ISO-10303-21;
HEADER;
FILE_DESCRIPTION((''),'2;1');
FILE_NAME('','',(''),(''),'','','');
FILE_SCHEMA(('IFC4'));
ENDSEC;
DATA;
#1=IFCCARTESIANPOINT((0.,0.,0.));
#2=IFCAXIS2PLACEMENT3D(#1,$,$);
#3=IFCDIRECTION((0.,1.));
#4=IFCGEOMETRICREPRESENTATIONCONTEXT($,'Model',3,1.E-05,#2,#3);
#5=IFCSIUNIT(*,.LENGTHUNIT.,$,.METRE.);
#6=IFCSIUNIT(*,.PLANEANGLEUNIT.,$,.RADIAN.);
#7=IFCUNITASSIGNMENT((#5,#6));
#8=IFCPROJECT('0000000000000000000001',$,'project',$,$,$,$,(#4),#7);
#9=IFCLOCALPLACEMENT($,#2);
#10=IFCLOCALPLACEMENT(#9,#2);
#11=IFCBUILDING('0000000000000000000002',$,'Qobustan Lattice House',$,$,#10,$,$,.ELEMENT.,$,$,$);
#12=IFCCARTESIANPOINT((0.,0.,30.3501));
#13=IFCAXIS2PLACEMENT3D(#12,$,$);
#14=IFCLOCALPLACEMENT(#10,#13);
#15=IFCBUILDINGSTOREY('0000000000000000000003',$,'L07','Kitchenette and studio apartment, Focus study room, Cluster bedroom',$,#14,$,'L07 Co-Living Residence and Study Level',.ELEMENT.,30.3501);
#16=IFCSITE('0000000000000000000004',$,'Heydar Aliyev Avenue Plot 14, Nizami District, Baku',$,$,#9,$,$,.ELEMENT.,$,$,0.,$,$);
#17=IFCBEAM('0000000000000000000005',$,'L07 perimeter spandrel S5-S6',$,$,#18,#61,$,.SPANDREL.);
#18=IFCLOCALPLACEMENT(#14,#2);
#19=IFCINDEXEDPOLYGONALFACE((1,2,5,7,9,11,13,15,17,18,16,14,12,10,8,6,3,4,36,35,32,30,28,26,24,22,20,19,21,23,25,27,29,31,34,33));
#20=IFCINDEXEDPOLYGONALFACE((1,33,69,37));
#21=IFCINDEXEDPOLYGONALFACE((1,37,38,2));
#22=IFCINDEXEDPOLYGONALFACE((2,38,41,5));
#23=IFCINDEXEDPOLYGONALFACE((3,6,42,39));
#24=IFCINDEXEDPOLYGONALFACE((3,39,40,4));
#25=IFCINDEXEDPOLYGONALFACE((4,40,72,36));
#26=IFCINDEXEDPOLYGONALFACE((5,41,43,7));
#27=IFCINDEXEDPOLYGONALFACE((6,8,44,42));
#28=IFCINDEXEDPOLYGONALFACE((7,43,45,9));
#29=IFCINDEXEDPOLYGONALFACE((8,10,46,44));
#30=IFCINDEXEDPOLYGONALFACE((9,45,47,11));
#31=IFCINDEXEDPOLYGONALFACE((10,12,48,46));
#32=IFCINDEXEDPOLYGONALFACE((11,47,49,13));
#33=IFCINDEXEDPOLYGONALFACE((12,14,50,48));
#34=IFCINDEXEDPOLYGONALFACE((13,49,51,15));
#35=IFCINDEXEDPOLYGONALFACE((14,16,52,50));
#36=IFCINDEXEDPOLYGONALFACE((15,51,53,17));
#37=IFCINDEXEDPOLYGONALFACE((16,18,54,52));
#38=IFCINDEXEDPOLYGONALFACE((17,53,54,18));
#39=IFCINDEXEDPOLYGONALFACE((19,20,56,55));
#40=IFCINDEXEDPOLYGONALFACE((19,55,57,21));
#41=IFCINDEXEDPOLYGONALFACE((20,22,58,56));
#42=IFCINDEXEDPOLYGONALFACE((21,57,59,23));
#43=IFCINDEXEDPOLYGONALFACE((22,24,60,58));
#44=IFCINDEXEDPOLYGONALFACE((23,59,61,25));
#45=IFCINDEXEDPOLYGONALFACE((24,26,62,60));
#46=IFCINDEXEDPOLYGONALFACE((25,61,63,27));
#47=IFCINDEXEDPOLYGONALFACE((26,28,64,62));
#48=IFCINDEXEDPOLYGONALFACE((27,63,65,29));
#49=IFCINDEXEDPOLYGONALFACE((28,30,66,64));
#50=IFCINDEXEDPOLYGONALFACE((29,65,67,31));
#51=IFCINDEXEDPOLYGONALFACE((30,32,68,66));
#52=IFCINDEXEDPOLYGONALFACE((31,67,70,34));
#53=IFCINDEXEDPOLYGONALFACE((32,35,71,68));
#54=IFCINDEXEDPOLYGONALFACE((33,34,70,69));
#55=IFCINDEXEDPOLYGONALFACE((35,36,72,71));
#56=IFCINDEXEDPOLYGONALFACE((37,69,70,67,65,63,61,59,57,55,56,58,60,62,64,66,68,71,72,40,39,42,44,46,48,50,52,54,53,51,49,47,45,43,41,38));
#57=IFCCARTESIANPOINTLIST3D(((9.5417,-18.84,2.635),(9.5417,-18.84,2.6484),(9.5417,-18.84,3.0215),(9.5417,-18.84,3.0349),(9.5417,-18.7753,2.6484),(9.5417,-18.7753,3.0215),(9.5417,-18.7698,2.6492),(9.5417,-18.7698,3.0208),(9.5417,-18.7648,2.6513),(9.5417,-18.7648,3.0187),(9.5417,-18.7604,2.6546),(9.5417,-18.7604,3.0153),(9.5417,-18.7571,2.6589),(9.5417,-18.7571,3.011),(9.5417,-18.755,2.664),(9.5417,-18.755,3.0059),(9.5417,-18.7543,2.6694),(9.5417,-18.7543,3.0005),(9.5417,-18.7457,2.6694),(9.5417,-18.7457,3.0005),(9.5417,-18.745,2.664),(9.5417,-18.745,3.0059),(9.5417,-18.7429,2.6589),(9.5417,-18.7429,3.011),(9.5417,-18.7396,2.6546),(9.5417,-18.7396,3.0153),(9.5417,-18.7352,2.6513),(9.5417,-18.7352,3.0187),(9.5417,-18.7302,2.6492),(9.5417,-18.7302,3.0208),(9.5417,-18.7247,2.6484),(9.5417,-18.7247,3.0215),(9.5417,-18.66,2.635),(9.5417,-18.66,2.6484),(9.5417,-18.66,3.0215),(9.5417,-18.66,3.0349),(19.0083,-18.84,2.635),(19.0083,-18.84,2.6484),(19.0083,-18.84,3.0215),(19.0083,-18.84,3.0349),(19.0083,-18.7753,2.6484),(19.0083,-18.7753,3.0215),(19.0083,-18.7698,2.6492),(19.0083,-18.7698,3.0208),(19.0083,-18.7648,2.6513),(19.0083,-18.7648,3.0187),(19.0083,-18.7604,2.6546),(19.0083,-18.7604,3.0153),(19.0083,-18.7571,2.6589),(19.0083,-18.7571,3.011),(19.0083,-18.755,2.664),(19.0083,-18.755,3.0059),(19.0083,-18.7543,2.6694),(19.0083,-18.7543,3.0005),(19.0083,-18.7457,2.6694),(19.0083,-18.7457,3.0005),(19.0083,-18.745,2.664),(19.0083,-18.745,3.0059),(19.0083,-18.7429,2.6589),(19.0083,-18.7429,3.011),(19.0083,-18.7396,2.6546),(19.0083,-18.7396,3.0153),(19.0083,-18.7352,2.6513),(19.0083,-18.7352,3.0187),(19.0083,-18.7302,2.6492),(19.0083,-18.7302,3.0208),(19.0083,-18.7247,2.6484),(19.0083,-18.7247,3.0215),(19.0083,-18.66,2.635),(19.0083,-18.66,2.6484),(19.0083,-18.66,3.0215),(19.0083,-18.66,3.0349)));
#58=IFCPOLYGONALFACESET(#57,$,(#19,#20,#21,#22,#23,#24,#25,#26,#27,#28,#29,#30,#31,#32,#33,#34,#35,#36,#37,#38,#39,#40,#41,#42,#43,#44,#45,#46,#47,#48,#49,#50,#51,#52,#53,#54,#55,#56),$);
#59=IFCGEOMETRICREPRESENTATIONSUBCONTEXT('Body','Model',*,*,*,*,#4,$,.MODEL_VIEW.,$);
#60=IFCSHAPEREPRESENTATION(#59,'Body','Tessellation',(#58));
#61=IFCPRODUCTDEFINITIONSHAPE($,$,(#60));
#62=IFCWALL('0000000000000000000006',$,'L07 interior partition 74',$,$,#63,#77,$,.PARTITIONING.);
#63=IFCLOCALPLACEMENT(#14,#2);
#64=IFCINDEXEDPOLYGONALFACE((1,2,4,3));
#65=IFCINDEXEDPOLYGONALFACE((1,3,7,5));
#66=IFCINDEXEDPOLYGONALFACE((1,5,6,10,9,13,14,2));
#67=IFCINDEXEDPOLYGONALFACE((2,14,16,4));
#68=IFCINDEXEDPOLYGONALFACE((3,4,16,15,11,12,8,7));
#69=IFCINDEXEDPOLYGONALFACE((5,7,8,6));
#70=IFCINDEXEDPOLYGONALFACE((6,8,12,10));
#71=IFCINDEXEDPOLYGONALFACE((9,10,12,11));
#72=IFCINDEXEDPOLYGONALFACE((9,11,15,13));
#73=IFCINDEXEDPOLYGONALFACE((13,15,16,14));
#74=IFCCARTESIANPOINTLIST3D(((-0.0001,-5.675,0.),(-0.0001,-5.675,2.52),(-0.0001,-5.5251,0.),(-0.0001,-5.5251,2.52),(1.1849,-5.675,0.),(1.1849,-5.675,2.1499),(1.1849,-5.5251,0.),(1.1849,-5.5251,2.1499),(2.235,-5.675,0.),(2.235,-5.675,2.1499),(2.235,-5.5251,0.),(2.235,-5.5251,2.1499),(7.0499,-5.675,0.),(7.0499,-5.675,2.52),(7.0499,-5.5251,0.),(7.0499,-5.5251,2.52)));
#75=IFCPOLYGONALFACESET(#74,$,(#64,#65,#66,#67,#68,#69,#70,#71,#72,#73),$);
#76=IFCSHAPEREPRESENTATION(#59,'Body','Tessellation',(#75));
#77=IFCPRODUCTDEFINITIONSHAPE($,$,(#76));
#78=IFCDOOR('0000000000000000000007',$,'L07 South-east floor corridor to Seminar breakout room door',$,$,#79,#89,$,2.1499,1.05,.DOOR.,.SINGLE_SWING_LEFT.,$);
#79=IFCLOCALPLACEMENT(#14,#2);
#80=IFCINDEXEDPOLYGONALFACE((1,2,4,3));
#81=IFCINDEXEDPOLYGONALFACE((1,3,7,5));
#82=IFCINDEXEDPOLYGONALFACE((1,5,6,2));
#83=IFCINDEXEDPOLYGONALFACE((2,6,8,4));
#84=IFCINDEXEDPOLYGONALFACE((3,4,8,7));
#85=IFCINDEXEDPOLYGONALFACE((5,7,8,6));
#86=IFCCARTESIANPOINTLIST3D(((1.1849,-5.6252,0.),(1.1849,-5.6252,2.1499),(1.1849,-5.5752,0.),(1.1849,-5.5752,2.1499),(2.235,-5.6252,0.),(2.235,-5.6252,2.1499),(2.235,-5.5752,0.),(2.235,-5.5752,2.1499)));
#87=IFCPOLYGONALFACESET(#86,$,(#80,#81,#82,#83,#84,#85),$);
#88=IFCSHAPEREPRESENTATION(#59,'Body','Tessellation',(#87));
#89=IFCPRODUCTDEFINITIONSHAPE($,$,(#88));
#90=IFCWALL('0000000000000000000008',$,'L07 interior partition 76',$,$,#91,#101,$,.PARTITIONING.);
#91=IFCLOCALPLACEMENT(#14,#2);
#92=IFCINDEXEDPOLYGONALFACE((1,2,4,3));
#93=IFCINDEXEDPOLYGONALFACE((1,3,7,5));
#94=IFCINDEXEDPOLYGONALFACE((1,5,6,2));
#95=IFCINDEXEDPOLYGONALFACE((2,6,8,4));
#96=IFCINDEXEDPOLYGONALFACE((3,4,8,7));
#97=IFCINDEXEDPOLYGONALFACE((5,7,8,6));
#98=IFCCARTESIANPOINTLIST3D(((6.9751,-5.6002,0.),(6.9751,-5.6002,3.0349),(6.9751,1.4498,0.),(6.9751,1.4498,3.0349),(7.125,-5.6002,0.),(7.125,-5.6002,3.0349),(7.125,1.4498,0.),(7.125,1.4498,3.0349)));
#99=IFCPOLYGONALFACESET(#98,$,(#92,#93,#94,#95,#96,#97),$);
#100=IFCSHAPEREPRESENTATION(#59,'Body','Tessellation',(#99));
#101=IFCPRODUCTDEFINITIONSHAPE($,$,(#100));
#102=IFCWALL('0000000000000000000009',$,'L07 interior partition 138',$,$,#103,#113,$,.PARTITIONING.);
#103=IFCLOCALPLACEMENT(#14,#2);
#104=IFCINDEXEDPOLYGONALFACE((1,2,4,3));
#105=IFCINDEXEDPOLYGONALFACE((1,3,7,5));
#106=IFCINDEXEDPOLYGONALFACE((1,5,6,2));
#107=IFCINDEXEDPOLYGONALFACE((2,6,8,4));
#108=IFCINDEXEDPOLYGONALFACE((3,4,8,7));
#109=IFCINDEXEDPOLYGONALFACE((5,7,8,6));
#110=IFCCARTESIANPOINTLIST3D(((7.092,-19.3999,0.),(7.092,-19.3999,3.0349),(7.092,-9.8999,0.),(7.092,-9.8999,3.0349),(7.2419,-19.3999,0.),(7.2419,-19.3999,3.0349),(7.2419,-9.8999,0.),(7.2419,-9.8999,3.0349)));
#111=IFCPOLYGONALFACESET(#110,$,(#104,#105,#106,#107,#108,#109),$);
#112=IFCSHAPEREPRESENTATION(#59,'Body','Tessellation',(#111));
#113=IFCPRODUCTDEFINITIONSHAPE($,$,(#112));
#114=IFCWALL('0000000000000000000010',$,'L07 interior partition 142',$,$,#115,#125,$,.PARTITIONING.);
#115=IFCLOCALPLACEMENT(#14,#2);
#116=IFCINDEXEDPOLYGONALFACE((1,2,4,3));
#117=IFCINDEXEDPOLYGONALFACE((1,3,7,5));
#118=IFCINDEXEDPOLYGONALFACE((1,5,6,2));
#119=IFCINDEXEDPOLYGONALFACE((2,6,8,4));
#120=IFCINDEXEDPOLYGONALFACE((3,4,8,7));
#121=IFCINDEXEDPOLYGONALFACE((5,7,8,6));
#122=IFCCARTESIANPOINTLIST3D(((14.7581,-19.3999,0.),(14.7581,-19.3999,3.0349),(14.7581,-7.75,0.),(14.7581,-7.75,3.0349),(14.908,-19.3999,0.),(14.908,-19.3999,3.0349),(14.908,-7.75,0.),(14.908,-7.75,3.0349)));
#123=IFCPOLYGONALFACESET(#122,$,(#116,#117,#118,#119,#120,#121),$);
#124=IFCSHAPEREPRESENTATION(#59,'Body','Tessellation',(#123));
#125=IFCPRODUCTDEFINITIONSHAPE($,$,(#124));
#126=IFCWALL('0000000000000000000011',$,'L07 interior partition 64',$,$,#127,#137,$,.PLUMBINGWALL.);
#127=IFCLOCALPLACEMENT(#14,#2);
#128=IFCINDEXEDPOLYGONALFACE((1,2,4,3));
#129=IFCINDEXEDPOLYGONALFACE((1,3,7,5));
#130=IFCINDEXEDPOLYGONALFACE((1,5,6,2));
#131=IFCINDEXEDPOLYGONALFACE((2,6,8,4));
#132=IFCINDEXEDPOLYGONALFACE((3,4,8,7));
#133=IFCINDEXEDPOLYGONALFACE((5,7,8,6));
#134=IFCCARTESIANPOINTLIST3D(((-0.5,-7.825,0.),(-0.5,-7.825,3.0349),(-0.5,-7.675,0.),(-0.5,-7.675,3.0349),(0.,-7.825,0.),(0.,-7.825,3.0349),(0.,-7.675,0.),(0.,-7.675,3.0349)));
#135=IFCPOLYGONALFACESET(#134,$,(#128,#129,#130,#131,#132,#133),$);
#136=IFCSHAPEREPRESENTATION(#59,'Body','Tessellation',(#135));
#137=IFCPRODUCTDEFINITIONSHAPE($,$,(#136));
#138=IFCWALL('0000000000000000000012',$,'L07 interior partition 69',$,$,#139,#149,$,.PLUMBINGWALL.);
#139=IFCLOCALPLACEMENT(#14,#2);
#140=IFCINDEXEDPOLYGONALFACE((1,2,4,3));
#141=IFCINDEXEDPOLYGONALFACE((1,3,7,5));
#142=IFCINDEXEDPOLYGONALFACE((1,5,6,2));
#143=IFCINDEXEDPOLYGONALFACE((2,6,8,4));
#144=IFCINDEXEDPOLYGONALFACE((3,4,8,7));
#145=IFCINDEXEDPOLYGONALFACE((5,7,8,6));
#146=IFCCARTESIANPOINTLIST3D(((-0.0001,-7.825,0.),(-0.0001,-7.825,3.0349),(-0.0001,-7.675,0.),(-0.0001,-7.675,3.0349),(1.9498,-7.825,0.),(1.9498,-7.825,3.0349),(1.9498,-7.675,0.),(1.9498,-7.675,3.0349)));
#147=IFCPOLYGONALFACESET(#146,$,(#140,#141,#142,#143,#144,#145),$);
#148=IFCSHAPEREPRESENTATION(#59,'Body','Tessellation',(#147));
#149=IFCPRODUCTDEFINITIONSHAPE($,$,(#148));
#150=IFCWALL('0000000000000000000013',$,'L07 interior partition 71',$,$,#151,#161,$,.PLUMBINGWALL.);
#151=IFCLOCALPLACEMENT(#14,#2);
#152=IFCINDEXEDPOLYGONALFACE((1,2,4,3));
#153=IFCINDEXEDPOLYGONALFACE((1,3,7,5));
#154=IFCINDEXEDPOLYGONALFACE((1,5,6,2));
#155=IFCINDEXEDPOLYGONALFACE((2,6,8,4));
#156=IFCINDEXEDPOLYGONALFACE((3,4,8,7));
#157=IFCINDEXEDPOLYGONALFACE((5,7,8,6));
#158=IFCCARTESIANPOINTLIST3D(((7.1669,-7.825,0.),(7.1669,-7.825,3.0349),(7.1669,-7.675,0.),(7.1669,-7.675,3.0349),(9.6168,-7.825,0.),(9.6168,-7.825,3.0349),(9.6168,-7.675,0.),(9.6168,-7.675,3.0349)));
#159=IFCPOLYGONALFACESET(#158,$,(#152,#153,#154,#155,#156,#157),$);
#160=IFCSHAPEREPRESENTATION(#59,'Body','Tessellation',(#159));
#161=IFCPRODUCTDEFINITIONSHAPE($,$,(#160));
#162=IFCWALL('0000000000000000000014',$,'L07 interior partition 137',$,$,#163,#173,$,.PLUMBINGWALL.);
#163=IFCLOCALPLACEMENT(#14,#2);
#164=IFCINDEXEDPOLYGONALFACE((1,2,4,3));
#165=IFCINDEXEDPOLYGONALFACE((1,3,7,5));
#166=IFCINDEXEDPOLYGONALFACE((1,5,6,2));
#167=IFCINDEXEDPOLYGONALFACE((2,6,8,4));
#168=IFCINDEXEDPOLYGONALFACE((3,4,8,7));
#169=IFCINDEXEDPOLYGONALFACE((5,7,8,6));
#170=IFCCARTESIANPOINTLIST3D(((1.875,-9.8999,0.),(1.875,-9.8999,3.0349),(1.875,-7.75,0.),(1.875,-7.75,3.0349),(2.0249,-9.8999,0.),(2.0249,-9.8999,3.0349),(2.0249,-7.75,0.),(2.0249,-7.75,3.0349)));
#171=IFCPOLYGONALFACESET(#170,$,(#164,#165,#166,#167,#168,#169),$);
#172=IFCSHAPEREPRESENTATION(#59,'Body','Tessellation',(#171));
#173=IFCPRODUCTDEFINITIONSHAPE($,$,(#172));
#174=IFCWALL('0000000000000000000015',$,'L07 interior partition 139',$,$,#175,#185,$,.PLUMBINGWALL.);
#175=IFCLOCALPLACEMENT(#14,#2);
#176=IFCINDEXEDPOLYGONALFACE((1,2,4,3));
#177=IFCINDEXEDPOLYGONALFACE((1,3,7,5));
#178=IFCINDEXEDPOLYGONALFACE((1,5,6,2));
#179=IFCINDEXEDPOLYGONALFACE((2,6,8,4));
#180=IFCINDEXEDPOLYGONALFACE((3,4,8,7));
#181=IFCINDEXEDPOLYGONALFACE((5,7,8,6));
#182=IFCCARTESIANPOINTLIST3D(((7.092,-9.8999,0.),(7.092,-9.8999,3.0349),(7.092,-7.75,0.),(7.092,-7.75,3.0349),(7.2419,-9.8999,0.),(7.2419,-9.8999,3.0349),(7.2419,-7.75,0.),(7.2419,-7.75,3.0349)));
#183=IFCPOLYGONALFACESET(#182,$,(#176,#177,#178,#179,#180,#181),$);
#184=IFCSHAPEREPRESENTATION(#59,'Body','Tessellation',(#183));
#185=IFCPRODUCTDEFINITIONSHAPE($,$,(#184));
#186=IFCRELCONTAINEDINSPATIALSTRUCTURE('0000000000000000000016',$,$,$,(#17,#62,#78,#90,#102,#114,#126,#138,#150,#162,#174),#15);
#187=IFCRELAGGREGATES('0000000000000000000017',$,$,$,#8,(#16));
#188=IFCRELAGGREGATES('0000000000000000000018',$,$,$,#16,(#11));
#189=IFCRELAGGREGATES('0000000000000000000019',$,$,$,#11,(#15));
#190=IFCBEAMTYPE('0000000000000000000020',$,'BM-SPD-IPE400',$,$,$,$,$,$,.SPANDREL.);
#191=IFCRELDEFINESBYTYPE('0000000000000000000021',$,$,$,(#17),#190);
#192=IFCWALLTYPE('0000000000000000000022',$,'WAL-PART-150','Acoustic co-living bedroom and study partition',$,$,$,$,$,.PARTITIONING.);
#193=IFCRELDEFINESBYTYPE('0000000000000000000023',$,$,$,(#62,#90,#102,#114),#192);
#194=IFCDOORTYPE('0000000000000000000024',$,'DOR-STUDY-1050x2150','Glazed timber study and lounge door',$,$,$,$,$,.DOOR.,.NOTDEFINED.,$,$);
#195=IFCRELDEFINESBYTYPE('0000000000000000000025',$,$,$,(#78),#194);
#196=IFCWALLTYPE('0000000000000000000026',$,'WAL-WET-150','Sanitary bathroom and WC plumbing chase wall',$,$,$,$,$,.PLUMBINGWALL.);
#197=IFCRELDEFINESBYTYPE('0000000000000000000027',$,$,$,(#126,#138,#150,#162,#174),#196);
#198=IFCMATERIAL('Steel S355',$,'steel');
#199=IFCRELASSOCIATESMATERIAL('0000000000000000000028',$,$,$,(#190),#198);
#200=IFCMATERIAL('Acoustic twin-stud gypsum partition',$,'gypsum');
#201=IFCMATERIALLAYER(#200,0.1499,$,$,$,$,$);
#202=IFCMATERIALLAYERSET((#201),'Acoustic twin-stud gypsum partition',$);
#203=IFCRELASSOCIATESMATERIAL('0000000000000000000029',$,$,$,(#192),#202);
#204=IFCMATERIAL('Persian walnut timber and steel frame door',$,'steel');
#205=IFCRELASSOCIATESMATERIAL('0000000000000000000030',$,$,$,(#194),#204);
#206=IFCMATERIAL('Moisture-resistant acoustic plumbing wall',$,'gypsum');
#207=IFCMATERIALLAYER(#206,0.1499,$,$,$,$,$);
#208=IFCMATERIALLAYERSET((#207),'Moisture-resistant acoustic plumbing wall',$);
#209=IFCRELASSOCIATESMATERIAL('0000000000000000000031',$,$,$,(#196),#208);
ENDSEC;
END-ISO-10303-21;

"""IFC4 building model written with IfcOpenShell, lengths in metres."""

from ifc_helpers import new_model, si_unit, direction, frame, frame_2d, origin, origin_2d, place, context, subcontext, project, spatial, rectangle, i_section, extrude, material, layer, layer_set, material_profile, profile_set, type_object, element, fill, save


model = new_model("IFC4")

# Units and contexts
model_context = context("Model", 3, precision=1e-05, world=origin(), true_north=direction((0.0, 1.0)))
body_context = subcontext(model_context, "Body", "Model", "MODEL_VIEW")
ifc_project = project(units=[si_unit("LENGTHUNIT", "METRE"), si_unit("PLANEANGLEUNIT", "RADIAN")], contexts=[model_context])

# Site, building, storey
site_placement = place(None, origin())
site = spatial("IfcSite", under=ifc_project, at=site_placement, Name="Heydar Aliyev Avenue Plot 14, Nizami District, Baku", CompositionType="ELEMENT", RefElevation=0.0)
building_placement = place(site_placement, origin())
building = spatial("IfcBuilding", under=site, at=building_placement, Name="Qobustan Lattice House", CompositionType="ELEMENT")
storey_placement = place(building_placement, frame((0.0, 0.0, 30.3501)))
storey = spatial("IfcBuildingStorey", under=building, at=storey_placement, Name="L07", Description="Kitchenette and studio apartment, Focus study room, Cluster bedroom", LongName="L07 Co-Living Residence and Study Level", CompositionType="ELEMENT", Elevation=30.3501)

# Beam
ifc_material_1 = material(Name="Steel S355", Category="steel")
ifc_material_profile_1 = material_profile(ifc_material_1, i_section(OverallWidth=0.1799, OverallDepth=0.3999, WebThickness=0.0085, FlangeThickness=0.0134, FilletRadius=0.021, at=origin_2d()), Name="IPE400")
ifc_profile_set_1 = profile_set([ifc_material_profile_1], Name="Steel S355")
beam_type_1 = type_object("IfcBeamType", Name="BM-SPD-IPE400", PredefinedType="SPANDREL", material=ifc_profile_set_1)
beam_1_placement = place(storey_placement, frame((9.5417, -18.75, 2.835), z_axis=(1.0, 0.0, 0.0), x_axis=(0.0, 1.0, 0.0)))
element("IfcBeam", 1, at=beam_1_placement, inside=storey, type_object=beam_type_1, Name="L07 perimeter spandrel S5-S6", PredefinedType="SPANDREL", context=body_context, shape_type="SweptSolid", body=[
    extrude(i_section(OverallWidth=0.1799, OverallDepth=0.3999, WebThickness=0.0085, FlangeThickness=0.0134, FilletRadius=0.021, at=origin_2d()), origin(), (0.0, 0.0, 1.0), 9.4666),
])

# Wall, opening, door
ifc_material_2 = material(Name="Acoustic twin-stud gypsum partition", Category="gypsum")
ifc_layer_1 = layer(ifc_material_2, 0.1499)
ifc_layer_set_1 = layer_set([ifc_layer_1], Name="Acoustic twin-stud gypsum partition")
wall_type_1 = type_object("IfcWallType", Name="WAL-PART-150", Description="Acoustic co-living bedroom and study partition", PredefinedType="PARTITIONING", material=ifc_layer_set_1)
wall_1_placement = place(storey_placement, frame((0.0, -5.6001, 0.0), z_axis=(0.0, 0.0, 1.0), x_axis=(1.0, 0.0, 0.0)))
wall_1 = element("IfcWall", 2, at=wall_1_placement, inside=storey, type_object=wall_type_1, Name="L07 interior partition 74", PredefinedType="PARTITIONING", context=body_context, shape_type="SweptSolid", body=[
    extrude(rectangle(XDim=7.05, YDim=0.1499, at=frame_2d((3.5249, 0.0))), origin(), (0.0, 0.0, 1.0), 2.52),
])
opening_1_placement = place(wall_1_placement, frame((1.1851, 0.0, 0.0)))
opening_1 = element("IfcOpeningElement", 3, at=opening_1_placement, cuts=wall_1, PredefinedType="OPENING", context=body_context, shape_type="SweptSolid", body=[
    extrude(rectangle(XDim=1.05, YDim=2.1499, at=frame_2d((0.5249, 1.075))), frame((0.0, 0.085, 0.0), z_axis=(0.0, -1.0, 0.0), x_axis=(1.0, 0.0, 0.0)), (0.0, 0.0, 1.0), 0.1699),
])
ifc_material_3 = material(Name="Persian walnut timber and steel frame door", Category="steel")
door_type_1 = type_object("IfcDoorType", Name="DOR-STUDY-1050x2150", Description="Glazed timber study and lounge door", OperationType="NOTDEFINED", PredefinedType="DOOR", material=ifc_material_3)
door_1_placement = place(opening_1_placement, origin())
door_1 = element("IfcDoor", 4, at=door_1_placement, inside=storey, type_object=door_type_1, Name="L07 South-east floor corridor to Seminar breakout room door", OperationType="SINGLE_SWING_LEFT", OverallHeight=2.1499, OverallWidth=1.05, PredefinedType="DOOR", context=body_context, shape_type="SweptSolid", body=[
    extrude(rectangle(XDim=1.05, YDim=2.1499, at=frame_2d((0.5249, 1.075))), frame((0.0, 0.0249, 0.0), z_axis=(0.0, -1.0, 0.0), x_axis=(1.0, 0.0, 0.0)), (0.0, 0.0, 1.0), 0.05),
])
fill(opening_1, door_1)

# Walls
wall_2_placement = place(storey_placement, frame((7.05, -5.6001, 0.0), z_axis=(0.0, 0.0, 1.0), x_axis=(0.0, 1.0, 0.0)))
element("IfcWall", 5, at=wall_2_placement, inside=storey, type_object=wall_type_1, Name="L07 interior partition 76", PredefinedType="PARTITIONING", context=body_context, shape_type="SweptSolid", body=[
    extrude(rectangle(XDim=7.05, YDim=0.1499, at=frame_2d((3.5249, 0.0))), origin(), (0.0, 0.0, 1.0), 3.0349),
])
wall_3_placement = place(storey_placement, frame((7.167, -9.8999, 0.0), z_axis=(0.0, 0.0, 1.0), x_axis=(0.0, -1.0, 0.0)))
element("IfcWall", 6, at=wall_3_placement, inside=storey, type_object=wall_type_1, Name="L07 interior partition 138", PredefinedType="PARTITIONING", context=body_context, shape_type="SweptSolid", body=[
    extrude(rectangle(XDim=9.5, YDim=0.1499, at=frame_2d((4.75, 0.0))), origin(), (0.0, 0.0, 1.0), 3.0349),
])
wall_4_placement = place(storey_placement, frame((14.833, -7.75, 0.0), z_axis=(0.0, 0.0, 1.0), x_axis=(0.0, -1.0, 0.0)))
element("IfcWall", 7, at=wall_4_placement, inside=storey, type_object=wall_type_1, Name="L07 interior partition 142", PredefinedType="PARTITIONING", context=body_context, shape_type="SweptSolid", body=[
    extrude(rectangle(XDim=11.6499, YDim=0.1499, at=frame_2d((5.825, 0.0))), origin(), (0.0, 0.0, 1.0), 3.0349),
])
ifc_material_4 = material(Name="Moisture-resistant acoustic plumbing wall", Category="gypsum")
ifc_layer_2 = layer(ifc_material_4, 0.1499)
ifc_layer_set_2 = layer_set([ifc_layer_2], Name="Moisture-resistant acoustic plumbing wall")
wall_type_2 = type_object("IfcWallType", Name="WAL-WET-150", Description="Sanitary bathroom and WC plumbing chase wall", PredefinedType="PLUMBINGWALL", material=ifc_layer_set_2)
wall_5_placement = place(storey_placement, frame((0.0, -7.75, 0.0), z_axis=(0.0, 0.0, 1.0), x_axis=(-1.0, 0.0, 0.0)))
element("IfcWall", 8, at=wall_5_placement, inside=storey, type_object=wall_type_2, Name="L07 interior partition 64", PredefinedType="PLUMBINGWALL", context=body_context, shape_type="SweptSolid", body=[
    extrude(rectangle(XDim=0.5, YDim=0.1499, at=frame_2d((0.25, 0.0))), origin(), (0.0, 0.0, 1.0), 3.0349),
])
wall_6_placement = place(storey_placement, frame((1.95, -7.75, 0.0), z_axis=(0.0, 0.0, 1.0), x_axis=(-1.0, 0.0, 0.0)))
element("IfcWall", 9, at=wall_6_placement, inside=storey, type_object=wall_type_2, Name="L07 interior partition 69", PredefinedType="PLUMBINGWALL", context=body_context, shape_type="SweptSolid", body=[
    extrude(rectangle(XDim=1.95, YDim=0.1499, at=frame_2d((0.9751, 0.0))), origin(), (0.0, 0.0, 1.0), 3.0349),
])
wall_7_placement = place(storey_placement, frame((9.6169, -7.75, 0.0), z_axis=(0.0, 0.0, 1.0), x_axis=(-1.0, 0.0, 0.0)))
element("IfcWall", 10, at=wall_7_placement, inside=storey, type_object=wall_type_2, Name="L07 interior partition 71", PredefinedType="PLUMBINGWALL", context=body_context, shape_type="SweptSolid", body=[
    extrude(rectangle(XDim=2.45, YDim=0.1499, at=frame_2d((1.2251, 0.0))), origin(), (0.0, 0.0, 1.0), 3.0349),
])
for number, where, z_axis, x_axis, name in (
    (11, (1.95, -9.8999, 0.0), (0.0, 0.0, 1.0), (0.0, 1.0, 0.0), "L07 interior partition 137"),
    (12, (7.167, -7.75, 0.0), (0.0, 0.0, 1.0), (0.0, -1.0, 0.0), "L07 interior partition 139"),
):
    element("IfcWall", number, at=place(storey_placement, frame(where, z_axis=z_axis, x_axis=x_axis)), inside=storey, type_object=wall_type_2, Name=name, PredefinedType="PLUMBINGWALL", context=body_context, shape_type="SweptSolid", body=[
        extrude(rectangle(XDim=2.1499, YDim=0.1499, at=frame_2d((1.075, 0.0))), origin(), (0.0, 0.0, 1.0), 3.0349),
    ])

save(model, "model.ifc")
